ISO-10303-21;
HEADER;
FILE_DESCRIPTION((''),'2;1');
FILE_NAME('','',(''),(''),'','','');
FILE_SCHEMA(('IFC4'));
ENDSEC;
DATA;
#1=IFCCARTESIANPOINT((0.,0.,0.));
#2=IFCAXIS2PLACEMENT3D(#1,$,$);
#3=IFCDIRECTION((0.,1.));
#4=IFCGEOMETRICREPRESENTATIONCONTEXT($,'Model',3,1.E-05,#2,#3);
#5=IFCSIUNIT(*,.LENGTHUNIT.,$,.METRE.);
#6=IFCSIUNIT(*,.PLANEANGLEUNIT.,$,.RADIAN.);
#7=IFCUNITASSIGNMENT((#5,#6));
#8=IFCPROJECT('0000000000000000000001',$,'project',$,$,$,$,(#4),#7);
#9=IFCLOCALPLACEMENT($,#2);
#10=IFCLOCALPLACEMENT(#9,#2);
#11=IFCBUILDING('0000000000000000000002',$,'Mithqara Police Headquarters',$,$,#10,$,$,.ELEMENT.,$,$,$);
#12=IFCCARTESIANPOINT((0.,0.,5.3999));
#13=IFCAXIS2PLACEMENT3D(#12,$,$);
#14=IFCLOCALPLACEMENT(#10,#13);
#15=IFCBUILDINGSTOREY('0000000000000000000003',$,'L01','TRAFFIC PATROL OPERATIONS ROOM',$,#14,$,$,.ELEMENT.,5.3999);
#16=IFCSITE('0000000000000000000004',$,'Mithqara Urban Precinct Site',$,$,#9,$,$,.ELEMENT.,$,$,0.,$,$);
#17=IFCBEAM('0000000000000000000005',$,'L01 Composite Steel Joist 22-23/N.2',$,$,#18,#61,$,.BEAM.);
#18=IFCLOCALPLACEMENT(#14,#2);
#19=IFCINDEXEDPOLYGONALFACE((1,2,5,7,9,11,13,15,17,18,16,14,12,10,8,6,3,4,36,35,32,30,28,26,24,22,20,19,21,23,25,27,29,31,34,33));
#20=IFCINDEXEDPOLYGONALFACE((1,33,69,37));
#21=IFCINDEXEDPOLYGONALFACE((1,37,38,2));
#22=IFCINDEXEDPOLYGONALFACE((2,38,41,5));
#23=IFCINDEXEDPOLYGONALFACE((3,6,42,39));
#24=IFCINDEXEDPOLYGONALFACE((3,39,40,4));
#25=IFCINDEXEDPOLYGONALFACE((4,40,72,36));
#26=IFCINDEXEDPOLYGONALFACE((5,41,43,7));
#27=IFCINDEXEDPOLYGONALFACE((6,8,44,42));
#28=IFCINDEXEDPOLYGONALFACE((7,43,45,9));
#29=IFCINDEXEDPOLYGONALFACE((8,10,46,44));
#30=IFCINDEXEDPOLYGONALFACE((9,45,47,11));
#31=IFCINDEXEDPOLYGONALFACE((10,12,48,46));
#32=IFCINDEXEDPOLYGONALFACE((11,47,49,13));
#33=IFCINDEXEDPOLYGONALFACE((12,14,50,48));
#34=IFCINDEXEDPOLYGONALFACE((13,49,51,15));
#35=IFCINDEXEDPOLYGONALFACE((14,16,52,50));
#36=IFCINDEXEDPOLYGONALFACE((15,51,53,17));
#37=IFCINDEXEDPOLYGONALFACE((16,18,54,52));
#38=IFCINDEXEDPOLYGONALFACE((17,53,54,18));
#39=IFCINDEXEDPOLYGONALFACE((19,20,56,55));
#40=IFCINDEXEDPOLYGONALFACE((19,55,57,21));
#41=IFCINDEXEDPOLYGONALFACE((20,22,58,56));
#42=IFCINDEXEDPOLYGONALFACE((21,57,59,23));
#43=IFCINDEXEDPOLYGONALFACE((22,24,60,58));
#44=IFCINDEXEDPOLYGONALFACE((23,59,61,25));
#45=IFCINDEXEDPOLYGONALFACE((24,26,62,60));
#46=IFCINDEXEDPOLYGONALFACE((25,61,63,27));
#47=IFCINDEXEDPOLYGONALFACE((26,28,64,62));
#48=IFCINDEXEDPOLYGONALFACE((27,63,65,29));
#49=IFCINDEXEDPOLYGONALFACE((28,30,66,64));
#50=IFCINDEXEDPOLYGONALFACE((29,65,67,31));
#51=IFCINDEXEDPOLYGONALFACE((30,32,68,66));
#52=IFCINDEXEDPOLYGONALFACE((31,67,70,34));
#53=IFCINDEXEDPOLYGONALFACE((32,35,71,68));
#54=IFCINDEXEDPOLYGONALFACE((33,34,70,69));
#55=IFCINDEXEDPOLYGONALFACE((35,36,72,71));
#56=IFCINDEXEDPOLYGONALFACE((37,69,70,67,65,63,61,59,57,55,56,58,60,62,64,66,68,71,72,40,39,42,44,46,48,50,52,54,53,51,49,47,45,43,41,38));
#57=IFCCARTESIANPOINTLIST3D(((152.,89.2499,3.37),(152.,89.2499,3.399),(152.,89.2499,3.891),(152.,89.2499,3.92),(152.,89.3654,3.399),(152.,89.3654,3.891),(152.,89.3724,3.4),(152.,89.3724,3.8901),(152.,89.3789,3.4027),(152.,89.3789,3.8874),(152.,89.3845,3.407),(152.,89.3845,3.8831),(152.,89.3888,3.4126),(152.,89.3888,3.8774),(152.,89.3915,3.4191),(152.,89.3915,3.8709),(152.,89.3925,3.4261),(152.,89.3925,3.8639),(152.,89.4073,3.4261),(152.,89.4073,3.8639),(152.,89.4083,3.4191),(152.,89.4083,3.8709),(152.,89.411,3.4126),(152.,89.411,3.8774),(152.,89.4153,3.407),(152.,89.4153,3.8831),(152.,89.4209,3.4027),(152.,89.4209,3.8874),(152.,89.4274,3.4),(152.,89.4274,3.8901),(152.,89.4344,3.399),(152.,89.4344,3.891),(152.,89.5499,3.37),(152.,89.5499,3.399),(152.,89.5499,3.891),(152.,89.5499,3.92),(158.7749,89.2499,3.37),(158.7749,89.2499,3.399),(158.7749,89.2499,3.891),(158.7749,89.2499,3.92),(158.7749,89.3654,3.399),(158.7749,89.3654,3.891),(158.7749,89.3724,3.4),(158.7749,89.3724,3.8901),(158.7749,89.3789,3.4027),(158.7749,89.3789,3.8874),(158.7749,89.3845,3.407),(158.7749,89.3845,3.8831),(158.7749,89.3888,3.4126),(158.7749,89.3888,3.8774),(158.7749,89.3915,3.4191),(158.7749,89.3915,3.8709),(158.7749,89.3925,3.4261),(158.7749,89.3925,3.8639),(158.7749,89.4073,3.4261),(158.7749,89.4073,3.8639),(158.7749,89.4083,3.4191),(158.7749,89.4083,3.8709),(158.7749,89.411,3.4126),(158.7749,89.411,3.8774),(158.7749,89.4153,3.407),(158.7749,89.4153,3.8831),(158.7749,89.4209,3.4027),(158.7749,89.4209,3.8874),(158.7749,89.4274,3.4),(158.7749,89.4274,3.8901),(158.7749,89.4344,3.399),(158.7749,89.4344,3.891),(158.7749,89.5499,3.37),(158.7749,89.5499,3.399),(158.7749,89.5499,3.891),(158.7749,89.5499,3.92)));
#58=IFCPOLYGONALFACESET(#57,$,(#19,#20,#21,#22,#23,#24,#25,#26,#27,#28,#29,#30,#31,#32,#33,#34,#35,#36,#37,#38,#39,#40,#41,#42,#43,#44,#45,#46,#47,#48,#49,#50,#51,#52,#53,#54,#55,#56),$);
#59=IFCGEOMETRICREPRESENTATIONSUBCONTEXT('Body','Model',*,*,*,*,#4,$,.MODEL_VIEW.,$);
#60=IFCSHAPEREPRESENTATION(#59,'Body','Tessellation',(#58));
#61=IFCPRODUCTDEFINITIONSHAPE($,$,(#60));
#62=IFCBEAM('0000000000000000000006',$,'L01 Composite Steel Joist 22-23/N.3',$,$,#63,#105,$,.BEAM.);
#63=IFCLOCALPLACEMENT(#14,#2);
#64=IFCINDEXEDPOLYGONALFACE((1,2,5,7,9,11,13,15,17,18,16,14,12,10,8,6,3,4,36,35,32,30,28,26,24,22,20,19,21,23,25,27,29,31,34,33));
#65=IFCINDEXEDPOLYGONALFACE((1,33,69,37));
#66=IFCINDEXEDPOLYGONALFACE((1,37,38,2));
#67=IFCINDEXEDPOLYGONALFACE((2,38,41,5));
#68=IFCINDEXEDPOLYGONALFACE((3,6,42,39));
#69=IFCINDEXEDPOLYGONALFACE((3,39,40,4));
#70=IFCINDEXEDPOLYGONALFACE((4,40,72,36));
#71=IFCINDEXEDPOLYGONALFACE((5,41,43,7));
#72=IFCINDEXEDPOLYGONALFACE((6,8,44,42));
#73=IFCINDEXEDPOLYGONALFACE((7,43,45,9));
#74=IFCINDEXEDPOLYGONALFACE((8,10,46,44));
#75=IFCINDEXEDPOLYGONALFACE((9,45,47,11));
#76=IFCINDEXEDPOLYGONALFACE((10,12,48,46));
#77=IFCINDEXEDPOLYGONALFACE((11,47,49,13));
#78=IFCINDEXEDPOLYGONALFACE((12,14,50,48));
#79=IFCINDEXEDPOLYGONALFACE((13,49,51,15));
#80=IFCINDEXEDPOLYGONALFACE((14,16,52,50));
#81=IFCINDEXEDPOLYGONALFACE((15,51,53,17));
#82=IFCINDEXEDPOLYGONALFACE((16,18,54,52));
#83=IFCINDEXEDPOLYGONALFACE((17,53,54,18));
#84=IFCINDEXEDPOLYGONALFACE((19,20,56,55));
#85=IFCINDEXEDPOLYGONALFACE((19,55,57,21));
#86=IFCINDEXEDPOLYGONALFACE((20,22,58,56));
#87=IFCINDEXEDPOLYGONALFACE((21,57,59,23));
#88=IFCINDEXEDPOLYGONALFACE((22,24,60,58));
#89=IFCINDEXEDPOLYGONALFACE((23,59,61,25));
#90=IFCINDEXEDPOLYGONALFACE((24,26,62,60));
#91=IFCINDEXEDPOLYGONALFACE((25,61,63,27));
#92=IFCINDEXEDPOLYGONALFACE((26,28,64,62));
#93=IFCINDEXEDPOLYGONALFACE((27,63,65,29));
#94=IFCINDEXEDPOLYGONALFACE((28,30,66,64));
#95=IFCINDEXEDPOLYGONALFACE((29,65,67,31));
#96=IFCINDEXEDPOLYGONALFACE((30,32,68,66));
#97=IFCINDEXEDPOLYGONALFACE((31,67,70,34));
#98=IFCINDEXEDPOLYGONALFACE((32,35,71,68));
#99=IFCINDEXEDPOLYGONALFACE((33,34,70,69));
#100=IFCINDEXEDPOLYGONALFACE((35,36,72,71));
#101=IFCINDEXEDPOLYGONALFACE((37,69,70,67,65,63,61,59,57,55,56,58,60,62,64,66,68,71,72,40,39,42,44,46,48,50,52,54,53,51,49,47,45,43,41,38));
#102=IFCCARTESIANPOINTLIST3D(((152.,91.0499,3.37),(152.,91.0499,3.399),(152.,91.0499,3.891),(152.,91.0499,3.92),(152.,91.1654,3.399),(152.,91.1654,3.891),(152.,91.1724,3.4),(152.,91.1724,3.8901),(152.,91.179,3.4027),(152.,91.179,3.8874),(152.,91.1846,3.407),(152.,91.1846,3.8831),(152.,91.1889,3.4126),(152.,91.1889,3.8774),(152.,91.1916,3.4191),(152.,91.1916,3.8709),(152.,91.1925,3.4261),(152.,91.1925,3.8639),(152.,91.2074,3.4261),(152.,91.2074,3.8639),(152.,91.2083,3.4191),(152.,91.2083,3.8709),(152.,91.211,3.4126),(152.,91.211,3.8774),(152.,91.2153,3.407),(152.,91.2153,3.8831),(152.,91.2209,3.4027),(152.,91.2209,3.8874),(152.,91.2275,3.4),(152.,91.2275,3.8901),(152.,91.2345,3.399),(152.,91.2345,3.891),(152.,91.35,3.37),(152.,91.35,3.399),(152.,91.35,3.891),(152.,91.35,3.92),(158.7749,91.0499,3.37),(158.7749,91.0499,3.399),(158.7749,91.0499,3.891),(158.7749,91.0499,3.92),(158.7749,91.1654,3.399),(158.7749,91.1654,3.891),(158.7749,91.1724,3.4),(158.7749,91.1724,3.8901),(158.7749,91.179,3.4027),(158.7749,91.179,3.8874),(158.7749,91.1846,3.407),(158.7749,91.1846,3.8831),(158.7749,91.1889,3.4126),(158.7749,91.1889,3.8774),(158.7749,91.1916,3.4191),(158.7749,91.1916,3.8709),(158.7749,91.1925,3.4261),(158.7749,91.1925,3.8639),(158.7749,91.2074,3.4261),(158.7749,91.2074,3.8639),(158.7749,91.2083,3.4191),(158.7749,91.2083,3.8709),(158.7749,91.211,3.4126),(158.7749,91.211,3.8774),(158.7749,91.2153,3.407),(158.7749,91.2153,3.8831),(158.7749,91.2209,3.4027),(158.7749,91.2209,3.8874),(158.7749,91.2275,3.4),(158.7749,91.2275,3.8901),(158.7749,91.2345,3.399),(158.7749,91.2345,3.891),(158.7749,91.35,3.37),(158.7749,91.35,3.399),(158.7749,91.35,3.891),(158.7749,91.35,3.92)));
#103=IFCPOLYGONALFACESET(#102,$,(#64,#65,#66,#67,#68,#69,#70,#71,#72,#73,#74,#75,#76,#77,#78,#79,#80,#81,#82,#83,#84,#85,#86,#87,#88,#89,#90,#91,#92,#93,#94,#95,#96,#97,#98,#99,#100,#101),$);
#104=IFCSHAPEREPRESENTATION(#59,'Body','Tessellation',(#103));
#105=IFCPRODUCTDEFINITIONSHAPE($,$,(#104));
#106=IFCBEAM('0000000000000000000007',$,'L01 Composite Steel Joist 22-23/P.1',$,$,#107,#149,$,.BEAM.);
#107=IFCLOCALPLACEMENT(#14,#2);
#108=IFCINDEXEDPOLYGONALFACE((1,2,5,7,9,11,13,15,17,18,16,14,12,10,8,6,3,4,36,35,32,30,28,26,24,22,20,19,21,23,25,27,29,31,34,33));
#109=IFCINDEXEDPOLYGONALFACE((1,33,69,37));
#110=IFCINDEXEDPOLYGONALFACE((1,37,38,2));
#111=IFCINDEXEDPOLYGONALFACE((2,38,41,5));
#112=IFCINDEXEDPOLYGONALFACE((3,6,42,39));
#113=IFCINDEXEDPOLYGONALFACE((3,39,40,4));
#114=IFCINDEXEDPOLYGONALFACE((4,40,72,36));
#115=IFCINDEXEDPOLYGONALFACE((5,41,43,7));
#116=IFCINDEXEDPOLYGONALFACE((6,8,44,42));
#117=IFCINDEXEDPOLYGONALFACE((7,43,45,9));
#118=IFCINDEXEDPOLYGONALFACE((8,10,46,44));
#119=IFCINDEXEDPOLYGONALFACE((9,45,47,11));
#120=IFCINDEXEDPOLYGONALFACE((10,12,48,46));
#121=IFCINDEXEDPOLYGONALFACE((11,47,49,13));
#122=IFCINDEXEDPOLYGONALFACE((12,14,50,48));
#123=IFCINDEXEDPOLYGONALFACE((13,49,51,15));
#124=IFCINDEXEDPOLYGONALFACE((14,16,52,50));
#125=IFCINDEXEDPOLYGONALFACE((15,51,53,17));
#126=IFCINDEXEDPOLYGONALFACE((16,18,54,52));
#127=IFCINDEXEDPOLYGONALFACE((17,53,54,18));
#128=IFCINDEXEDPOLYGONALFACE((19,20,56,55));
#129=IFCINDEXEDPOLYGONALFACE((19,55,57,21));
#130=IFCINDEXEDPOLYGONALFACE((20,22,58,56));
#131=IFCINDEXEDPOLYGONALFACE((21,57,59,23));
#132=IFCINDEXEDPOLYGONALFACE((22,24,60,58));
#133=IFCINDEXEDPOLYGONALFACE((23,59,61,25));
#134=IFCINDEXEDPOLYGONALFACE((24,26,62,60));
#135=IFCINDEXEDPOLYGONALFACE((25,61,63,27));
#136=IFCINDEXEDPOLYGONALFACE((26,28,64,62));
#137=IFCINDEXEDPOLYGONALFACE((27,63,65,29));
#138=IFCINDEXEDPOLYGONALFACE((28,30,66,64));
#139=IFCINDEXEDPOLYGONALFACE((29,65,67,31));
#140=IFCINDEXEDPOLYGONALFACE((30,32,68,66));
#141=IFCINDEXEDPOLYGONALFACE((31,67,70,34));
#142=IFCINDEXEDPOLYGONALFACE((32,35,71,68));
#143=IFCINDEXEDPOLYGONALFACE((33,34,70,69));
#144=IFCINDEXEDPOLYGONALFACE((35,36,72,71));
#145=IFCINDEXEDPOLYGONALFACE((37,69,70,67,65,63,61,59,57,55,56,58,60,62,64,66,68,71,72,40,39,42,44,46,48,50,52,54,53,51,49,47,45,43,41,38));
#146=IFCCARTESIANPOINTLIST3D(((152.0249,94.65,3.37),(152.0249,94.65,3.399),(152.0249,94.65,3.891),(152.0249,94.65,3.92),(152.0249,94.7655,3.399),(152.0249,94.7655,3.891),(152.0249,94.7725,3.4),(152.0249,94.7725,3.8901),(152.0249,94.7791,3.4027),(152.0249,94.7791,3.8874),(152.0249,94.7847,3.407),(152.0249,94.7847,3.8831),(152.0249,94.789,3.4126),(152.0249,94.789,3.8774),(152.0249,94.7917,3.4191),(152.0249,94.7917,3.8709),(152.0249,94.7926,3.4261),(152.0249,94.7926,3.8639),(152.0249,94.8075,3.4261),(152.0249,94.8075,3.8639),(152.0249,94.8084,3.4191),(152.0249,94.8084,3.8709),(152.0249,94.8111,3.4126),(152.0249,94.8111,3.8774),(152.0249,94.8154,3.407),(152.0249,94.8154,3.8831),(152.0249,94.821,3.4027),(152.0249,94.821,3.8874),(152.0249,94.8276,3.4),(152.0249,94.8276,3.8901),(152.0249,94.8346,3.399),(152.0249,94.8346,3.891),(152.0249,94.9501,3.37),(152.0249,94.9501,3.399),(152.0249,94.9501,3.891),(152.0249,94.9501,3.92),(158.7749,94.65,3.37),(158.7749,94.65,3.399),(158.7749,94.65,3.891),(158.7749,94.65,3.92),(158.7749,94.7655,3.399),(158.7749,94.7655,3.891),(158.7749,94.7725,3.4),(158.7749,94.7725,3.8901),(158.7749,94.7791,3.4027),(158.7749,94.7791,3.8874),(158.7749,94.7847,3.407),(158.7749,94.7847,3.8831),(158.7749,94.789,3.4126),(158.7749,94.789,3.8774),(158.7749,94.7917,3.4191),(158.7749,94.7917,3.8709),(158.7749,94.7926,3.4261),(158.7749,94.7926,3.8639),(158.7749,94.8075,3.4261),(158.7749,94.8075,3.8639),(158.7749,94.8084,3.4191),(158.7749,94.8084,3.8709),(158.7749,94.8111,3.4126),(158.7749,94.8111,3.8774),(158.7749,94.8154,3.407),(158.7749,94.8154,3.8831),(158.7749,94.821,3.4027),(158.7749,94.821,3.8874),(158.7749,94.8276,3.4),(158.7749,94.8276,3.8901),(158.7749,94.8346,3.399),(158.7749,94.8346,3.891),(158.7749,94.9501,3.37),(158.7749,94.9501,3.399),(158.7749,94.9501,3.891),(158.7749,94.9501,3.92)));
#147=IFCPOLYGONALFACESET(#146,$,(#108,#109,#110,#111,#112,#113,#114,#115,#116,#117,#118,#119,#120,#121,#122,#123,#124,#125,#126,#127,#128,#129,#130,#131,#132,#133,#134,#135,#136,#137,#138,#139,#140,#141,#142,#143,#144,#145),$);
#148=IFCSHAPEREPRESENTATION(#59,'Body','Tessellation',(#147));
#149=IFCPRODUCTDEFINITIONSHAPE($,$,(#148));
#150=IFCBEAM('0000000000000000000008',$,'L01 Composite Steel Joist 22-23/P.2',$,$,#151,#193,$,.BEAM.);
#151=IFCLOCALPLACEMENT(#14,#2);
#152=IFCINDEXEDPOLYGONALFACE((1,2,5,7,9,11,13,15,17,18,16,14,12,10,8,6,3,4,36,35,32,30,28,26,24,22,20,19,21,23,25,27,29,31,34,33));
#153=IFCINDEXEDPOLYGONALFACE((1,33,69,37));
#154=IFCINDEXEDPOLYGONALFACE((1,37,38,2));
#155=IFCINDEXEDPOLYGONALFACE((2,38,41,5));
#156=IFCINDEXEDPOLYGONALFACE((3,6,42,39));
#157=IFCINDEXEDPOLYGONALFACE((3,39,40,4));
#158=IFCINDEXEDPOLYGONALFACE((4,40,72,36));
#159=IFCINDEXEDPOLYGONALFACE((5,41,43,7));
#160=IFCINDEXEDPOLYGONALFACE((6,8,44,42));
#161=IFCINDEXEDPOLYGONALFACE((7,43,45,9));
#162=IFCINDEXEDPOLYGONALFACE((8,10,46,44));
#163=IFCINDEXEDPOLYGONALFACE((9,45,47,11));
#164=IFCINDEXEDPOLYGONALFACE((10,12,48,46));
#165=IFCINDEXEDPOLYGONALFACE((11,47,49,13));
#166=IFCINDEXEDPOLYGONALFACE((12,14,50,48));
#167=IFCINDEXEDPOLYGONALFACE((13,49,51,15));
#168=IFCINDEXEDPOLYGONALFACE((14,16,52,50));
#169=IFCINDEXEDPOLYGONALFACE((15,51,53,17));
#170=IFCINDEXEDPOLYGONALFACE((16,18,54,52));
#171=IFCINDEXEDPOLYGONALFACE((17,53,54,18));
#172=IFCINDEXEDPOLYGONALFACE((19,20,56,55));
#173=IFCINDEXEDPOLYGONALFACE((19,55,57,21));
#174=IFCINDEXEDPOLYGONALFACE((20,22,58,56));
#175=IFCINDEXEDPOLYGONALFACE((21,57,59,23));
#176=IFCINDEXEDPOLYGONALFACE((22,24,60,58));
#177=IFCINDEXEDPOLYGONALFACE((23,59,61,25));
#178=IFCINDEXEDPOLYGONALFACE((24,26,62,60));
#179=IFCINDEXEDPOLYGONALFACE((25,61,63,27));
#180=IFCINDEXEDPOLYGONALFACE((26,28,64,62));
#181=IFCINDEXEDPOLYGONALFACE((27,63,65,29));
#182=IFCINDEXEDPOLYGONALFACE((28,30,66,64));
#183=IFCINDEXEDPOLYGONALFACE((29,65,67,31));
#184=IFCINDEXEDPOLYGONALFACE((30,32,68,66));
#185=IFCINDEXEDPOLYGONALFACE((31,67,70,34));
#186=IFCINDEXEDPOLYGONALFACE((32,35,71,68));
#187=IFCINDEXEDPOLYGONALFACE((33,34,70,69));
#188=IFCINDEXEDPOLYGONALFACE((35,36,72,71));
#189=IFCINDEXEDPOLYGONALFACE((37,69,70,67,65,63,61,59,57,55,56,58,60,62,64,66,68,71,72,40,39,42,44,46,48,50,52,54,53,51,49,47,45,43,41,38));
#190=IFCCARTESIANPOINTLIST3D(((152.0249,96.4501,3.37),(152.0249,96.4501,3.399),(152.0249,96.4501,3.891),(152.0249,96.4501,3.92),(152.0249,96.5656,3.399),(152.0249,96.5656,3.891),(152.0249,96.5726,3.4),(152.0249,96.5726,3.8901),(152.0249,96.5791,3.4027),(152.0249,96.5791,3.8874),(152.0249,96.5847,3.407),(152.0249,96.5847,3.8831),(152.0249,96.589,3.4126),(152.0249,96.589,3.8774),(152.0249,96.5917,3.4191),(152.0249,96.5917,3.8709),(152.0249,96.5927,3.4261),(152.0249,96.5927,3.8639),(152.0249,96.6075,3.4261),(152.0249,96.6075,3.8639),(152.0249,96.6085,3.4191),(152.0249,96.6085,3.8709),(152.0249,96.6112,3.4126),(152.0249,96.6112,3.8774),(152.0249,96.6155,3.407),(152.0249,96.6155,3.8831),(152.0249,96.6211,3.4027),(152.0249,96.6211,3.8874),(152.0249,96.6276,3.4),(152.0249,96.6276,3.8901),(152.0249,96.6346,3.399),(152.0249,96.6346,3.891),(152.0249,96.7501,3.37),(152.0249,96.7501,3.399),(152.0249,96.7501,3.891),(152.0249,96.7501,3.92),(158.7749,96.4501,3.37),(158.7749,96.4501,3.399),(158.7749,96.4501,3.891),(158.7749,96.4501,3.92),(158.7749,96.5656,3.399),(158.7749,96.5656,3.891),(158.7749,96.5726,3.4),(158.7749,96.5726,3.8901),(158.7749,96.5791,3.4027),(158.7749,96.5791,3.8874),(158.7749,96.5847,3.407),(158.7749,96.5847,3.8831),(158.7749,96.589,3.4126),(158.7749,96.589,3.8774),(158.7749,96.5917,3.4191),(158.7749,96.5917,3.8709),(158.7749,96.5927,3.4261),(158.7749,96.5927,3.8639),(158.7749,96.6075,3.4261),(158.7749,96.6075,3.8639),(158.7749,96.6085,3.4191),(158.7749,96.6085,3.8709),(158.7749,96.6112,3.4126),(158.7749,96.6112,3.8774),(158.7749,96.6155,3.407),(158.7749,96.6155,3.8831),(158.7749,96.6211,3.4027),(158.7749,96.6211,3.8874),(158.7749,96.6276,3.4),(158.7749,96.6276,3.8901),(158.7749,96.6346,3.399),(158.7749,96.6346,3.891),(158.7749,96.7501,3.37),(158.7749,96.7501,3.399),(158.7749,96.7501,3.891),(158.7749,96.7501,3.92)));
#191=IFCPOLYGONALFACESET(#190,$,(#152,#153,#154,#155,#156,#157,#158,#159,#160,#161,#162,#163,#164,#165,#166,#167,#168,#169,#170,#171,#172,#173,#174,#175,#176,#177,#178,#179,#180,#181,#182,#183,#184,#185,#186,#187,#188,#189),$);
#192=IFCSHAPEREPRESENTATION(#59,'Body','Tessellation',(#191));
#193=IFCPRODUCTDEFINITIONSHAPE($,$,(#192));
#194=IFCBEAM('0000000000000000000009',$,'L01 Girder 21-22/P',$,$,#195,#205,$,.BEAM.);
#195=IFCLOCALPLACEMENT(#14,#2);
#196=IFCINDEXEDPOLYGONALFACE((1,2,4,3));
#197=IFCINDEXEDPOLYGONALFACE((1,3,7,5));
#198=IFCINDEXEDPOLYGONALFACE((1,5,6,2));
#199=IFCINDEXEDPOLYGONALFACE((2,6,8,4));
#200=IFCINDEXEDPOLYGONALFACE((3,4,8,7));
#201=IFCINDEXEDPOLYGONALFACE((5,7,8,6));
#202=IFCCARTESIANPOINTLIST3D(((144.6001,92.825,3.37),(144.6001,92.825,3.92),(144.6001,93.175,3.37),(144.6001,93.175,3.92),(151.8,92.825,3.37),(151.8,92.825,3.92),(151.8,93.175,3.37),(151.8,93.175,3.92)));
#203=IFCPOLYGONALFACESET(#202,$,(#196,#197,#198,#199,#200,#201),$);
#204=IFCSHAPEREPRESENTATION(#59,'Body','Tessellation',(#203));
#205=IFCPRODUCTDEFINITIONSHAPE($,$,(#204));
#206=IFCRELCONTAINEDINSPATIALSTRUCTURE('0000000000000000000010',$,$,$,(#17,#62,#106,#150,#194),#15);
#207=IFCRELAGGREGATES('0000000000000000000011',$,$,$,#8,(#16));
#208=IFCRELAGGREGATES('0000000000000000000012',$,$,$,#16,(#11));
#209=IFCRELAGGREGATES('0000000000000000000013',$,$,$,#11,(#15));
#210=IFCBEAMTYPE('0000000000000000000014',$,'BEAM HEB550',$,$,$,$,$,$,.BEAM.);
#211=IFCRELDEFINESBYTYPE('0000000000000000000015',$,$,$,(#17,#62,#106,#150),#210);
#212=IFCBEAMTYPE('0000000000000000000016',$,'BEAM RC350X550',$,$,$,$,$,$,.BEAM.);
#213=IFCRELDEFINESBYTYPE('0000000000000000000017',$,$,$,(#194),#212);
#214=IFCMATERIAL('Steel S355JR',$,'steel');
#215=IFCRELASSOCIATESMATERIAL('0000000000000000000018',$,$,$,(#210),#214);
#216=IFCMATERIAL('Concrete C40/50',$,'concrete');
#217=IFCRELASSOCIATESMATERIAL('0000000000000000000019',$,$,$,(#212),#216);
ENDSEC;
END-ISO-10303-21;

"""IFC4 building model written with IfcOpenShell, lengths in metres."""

from ifc_helpers import new_model, si_unit, direction, frame, origin, origin_2d, place, context, subcontext, project, spatial, rectangle, i_section, extrude, material, material_profile, profile_set, type_object, element, save


model = new_model("IFC4")

# Units and contexts
model_context = context("Model", 3, precision=1e-05, world=origin(), true_north=direction((0.0, 1.0)))
body_context = subcontext(model_context, "Body", "Model", "MODEL_VIEW")
ifc_project = project(units=[si_unit("LENGTHUNIT", "METRE"), si_unit("PLANEANGLEUNIT", "RADIAN")], contexts=[model_context])

# Site, building, storey
site_placement = place(None, origin())
site = spatial("IfcSite", under=ifc_project, at=site_placement, Name="Mithqara Urban Precinct Site", CompositionType="ELEMENT", RefElevation=0.0)
building_placement = place(site_placement, origin())
building = spatial("IfcBuilding", under=site, at=building_placement, Name="Mithqara Police Headquarters", CompositionType="ELEMENT")
storey_placement = place(building_placement, frame((0.0, 0.0, 5.3999)))
storey = spatial("IfcBuildingStorey", under=building, at=storey_placement, Name="L01", Description="TRAFFIC PATROL OPERATIONS ROOM", CompositionType="ELEMENT", Elevation=5.3999)

# Beams
ifc_material_1 = material(Name="Steel S355JR", Category="steel")
ifc_material_profile_1 = material_profile(ifc_material_1, i_section(OverallWidth=0.3, OverallDepth=0.55, WebThickness=0.0149, FlangeThickness=0.0291, FilletRadius=0.0271, at=origin_2d()), Name="HEB 550")
ifc_profile_set_1 = profile_set([ifc_material_profile_1], Name="Steel S355JR")
beam_type_1 = type_object("IfcBeamType", Name="BEAM HEB550", PredefinedType="BEAM", material=ifc_profile_set_1)
for number, where, z_axis, x_axis, name in (
    (1, (152.0, 89.3999, 3.645), (1.0, 0.0, 0.0), (0.0, 1.0, 0.0), "L01 Composite Steel Joist 22-23/N.2"),
    (2, (152.0, 91.2, 3.645), (1.0, 0.0, 0.0), (0.0, 1.0, 0.0), "L01 Composite Steel Joist 22-23/N.3"),
):
    element("IfcBeam", number, at=place(storey_placement, frame(where, z_axis=z_axis, x_axis=x_axis)), inside=storey, type_object=beam_type_1, Name=name, PredefinedType="BEAM", context=body_context, shape_type="SweptSolid", body=[
        extrude(i_section(OverallWidth=0.3, OverallDepth=0.55, WebThickness=0.0149, FlangeThickness=0.0291, FilletRadius=0.0271, at=origin_2d()), origin(), (0.0, 0.0, 1.0), 6.7749),
    ])
for number, where, z_axis, x_axis, name in (
    (3, (152.0249, 94.8, 3.645), (1.0, 0.0, 0.0), (0.0, 1.0, 0.0), "L01 Composite Steel Joist 22-23/P.1"),
    (4, (152.0249, 96.6001, 3.645), (1.0, 0.0, 0.0), (0.0, 1.0, 0.0), "L01 Composite Steel Joist 22-23/P.2"),
):
    element("IfcBeam", number, at=place(storey_placement, frame(where, z_axis=z_axis, x_axis=x_axis)), inside=storey, type_object=beam_type_1, Name=name, PredefinedType="BEAM", context=body_context, shape_type="SweptSolid", body=[
        extrude(i_section(OverallWidth=0.3, OverallDepth=0.55, WebThickness=0.0149, FlangeThickness=0.0291, FilletRadius=0.0271, at=origin_2d()), origin(), (0.0, 0.0, 1.0), 6.75),
    ])
ifc_material_2 = material(Name="Concrete C40/50", Category="concrete")
ifc_material_profile_2 = material_profile(ifc_material_2, rectangle(XDim=0.3501, YDim=0.55, at=origin_2d()), Name="RC 350x550")
ifc_profile_set_2 = profile_set([ifc_material_profile_2], Name="Concrete C40/50")
beam_type_2 = type_object("IfcBeamType", Name="BEAM RC350X550", PredefinedType="BEAM", material=ifc_profile_set_2)
for number, where, z_axis, x_axis, name in (
    (5, (144.6001, 93.0, 3.645), (1.0, 0.0, 0.0), (0.0, 1.0, 0.0), "L01 Girder 21-22/P"),
):
    element("IfcBeam", number, at=place(storey_placement, frame(where, z_axis=z_axis, x_axis=x_axis)), inside=storey, type_object=beam_type_2, Name=name, PredefinedType="BEAM", context=body_context, shape_type="SweptSolid", body=[
        extrude(rectangle(XDim=0.3501, YDim=0.55, at=origin_2d()), origin(), (0.0, 0.0, 1.0), 7.2),
    ])

save(model, "model.ifc")
